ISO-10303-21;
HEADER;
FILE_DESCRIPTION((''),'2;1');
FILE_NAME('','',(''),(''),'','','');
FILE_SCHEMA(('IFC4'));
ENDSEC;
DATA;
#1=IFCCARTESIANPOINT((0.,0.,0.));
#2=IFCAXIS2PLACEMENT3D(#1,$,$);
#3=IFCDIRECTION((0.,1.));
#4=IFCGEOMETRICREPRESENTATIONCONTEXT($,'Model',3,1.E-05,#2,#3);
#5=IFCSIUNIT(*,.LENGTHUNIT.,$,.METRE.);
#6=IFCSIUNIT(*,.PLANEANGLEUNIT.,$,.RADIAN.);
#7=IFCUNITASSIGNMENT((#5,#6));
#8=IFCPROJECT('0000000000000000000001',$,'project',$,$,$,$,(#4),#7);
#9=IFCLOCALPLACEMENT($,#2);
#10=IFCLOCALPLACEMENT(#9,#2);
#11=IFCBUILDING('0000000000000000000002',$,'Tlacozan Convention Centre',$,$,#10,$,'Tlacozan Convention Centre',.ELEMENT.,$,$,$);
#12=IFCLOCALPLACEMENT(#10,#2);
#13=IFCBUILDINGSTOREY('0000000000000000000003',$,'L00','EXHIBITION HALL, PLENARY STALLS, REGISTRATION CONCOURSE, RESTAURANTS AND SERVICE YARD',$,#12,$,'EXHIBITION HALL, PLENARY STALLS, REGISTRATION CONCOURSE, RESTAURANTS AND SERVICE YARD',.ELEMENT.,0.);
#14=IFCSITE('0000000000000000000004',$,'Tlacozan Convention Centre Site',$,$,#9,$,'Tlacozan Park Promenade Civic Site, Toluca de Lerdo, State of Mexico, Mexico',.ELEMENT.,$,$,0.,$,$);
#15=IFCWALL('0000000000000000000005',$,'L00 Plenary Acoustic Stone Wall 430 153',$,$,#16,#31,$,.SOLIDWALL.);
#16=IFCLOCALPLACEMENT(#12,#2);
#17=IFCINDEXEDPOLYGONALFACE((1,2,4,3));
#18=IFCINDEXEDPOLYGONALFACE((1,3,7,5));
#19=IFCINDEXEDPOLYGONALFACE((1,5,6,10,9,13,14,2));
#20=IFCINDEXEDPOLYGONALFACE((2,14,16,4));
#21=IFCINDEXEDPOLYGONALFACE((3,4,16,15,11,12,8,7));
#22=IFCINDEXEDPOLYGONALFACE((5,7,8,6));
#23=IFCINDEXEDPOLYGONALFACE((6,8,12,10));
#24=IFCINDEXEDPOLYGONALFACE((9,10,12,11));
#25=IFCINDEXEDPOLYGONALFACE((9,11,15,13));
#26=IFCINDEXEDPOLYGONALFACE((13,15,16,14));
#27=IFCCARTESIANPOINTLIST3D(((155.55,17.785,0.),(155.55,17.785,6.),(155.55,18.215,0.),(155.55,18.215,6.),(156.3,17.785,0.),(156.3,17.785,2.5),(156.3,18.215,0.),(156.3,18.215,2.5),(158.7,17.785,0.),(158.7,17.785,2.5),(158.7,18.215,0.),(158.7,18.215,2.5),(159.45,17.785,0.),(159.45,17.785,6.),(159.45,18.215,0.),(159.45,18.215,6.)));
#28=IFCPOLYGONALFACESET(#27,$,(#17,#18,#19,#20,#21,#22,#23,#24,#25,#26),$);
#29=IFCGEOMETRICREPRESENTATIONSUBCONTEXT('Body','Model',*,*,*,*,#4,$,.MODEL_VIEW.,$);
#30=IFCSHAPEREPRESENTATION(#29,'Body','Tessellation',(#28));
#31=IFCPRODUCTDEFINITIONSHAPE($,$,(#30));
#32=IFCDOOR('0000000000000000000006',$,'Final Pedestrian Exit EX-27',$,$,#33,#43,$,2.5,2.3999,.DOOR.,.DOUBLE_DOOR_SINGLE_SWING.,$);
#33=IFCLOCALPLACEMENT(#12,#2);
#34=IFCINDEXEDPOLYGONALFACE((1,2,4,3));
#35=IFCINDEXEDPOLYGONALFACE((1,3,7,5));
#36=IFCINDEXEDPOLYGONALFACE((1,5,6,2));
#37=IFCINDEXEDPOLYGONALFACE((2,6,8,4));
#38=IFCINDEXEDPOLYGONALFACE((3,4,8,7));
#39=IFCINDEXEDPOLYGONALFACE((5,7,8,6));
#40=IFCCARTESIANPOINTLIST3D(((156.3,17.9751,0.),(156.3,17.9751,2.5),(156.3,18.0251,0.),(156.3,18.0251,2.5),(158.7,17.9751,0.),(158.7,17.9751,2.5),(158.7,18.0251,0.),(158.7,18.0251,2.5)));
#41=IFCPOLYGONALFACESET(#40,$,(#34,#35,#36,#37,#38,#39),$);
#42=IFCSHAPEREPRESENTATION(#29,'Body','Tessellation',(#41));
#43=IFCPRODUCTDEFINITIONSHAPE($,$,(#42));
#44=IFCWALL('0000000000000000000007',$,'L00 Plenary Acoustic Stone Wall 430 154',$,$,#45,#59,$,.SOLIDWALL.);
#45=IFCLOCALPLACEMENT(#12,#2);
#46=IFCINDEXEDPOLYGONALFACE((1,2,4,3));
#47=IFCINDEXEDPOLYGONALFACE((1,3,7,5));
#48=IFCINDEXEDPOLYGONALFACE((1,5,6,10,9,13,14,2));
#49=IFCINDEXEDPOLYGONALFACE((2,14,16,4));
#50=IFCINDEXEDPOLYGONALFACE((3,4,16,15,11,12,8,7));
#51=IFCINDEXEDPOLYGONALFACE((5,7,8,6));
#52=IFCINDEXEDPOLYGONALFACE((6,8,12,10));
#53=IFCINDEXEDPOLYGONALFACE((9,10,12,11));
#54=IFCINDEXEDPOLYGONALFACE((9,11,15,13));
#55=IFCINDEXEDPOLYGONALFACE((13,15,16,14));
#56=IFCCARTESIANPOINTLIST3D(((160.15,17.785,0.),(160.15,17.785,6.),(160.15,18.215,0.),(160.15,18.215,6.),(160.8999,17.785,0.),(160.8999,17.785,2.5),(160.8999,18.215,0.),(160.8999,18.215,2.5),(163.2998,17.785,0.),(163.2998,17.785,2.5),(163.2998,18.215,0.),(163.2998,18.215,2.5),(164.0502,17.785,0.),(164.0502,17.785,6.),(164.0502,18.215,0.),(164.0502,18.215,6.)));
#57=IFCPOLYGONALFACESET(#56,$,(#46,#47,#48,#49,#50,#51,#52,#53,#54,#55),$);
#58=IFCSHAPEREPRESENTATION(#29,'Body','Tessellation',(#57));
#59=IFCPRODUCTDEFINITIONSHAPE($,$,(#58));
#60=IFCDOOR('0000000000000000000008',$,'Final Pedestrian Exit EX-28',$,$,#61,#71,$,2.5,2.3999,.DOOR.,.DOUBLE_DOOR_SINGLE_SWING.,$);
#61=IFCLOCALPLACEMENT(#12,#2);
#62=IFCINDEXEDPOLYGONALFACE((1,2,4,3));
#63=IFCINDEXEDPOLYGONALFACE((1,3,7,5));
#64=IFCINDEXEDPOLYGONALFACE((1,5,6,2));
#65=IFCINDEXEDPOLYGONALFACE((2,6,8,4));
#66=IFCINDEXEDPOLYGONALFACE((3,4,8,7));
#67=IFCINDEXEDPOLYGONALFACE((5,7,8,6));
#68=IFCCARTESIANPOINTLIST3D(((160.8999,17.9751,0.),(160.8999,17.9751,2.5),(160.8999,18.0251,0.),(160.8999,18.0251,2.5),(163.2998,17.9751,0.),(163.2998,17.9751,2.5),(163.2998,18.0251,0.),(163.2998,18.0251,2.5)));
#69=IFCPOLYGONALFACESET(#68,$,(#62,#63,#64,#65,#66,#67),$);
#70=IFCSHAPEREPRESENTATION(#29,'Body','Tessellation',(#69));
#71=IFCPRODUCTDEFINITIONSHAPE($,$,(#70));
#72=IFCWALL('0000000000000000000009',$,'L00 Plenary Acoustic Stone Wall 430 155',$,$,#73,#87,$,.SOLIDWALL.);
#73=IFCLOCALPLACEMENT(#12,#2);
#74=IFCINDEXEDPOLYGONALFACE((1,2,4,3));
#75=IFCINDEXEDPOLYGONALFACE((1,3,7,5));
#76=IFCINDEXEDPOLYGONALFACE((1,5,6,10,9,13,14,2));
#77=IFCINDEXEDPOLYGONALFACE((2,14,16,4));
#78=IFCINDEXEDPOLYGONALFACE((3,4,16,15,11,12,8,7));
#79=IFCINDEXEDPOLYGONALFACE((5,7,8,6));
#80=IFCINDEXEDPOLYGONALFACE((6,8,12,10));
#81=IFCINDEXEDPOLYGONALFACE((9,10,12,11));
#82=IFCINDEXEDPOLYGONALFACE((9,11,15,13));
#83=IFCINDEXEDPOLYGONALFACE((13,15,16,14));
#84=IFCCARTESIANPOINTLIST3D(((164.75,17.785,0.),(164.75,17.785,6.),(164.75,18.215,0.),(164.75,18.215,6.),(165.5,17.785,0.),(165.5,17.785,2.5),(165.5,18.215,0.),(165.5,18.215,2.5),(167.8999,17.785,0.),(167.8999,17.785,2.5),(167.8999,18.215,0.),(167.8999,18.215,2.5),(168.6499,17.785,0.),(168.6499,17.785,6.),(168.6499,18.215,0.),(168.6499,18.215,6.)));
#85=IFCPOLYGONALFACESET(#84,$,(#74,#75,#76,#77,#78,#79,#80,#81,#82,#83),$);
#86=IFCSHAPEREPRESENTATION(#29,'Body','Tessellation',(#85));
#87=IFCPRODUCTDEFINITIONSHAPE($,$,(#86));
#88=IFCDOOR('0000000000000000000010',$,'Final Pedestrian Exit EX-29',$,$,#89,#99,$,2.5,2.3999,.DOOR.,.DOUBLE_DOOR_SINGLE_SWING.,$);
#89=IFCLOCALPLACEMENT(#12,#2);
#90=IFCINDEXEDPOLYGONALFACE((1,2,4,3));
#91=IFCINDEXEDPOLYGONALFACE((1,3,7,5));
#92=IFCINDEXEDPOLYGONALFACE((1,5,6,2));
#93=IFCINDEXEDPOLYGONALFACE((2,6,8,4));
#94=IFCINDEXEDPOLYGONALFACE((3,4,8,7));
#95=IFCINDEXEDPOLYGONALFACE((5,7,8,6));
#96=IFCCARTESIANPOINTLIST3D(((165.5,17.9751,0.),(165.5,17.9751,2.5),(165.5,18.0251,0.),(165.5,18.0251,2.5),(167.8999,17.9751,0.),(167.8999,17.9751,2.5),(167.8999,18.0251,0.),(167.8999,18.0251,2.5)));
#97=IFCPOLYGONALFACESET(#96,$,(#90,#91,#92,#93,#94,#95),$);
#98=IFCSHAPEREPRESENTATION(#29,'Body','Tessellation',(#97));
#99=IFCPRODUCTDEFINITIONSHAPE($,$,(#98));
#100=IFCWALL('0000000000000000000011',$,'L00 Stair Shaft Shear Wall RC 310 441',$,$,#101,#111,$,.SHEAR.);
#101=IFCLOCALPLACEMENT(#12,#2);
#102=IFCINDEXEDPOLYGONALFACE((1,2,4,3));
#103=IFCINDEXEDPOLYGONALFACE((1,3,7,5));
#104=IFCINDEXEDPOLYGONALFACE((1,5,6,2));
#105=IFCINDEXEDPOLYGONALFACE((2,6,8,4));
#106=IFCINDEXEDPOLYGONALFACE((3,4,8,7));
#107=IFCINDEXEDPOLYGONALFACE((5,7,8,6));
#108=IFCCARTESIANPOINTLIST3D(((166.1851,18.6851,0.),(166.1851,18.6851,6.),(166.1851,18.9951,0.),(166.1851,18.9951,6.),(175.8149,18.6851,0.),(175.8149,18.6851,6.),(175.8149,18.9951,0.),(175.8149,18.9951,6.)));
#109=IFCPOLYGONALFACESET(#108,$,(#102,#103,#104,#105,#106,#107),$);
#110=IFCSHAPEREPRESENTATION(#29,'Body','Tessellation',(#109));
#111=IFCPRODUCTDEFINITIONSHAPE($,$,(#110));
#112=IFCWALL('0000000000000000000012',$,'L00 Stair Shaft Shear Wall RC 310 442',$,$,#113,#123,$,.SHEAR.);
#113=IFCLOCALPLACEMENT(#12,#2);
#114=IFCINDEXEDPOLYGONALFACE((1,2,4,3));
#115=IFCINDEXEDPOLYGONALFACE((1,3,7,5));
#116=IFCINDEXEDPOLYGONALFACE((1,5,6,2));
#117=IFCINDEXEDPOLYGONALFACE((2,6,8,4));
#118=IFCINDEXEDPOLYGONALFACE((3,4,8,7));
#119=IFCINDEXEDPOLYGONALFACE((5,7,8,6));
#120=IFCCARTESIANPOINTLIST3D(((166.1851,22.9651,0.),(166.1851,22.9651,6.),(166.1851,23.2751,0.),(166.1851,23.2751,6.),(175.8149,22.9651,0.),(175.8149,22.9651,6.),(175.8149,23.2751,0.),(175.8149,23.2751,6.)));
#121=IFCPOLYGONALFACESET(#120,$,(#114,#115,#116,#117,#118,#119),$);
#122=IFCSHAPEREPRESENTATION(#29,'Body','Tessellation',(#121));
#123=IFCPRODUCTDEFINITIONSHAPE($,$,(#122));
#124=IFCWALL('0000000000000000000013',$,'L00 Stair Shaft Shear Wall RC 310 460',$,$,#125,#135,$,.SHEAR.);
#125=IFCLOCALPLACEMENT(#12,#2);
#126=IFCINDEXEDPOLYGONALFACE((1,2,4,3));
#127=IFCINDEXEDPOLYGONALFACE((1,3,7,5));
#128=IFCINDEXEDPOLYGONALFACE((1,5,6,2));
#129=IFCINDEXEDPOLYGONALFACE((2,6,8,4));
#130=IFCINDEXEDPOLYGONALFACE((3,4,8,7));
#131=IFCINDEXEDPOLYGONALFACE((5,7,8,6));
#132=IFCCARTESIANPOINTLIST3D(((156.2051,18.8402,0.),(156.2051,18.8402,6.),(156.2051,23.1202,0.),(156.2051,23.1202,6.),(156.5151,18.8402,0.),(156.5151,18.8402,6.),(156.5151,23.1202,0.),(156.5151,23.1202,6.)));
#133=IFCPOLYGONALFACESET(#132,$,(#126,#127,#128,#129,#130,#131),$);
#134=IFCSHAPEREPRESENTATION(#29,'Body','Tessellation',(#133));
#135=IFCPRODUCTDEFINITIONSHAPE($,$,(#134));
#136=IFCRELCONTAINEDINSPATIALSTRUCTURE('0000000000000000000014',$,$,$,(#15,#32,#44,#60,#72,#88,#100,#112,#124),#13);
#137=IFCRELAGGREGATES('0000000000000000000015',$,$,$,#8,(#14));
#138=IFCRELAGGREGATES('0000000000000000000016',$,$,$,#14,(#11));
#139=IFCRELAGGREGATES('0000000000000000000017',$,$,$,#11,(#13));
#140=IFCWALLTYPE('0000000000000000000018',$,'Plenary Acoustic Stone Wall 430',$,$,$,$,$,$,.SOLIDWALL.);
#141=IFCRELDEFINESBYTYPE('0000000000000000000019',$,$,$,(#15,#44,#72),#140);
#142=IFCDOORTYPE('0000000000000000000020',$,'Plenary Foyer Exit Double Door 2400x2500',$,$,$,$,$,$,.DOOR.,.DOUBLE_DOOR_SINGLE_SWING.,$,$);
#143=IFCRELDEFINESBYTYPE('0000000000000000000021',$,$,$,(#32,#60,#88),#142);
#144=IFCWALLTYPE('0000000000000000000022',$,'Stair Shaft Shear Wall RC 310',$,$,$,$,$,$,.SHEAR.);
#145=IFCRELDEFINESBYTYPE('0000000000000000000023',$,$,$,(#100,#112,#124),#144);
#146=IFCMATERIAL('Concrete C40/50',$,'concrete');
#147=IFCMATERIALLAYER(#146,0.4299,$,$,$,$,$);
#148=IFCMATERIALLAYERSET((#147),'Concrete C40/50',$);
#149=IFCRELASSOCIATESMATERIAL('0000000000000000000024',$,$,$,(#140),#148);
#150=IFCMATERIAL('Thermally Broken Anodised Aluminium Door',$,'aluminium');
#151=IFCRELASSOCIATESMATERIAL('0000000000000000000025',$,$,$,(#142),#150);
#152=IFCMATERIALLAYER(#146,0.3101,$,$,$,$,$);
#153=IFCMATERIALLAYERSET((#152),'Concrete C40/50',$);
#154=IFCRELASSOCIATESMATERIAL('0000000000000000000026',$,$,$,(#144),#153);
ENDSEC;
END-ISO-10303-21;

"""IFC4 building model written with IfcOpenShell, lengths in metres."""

from ifc_helpers import new_model, si_unit, direction, frame, frame_2d, origin, place, context, subcontext, project, spatial, rectangle, extrude, material, layer, layer_set, type_object, element, fill, save


model = new_model("IFC4")

# Units and contexts
model_context = context("Model", 3, precision=1e-05, world=origin(), true_north=direction((0.0, 1.0)))
body_context = subcontext(model_context, "Body", "Model", "MODEL_VIEW")
ifc_project = project(units=[si_unit("LENGTHUNIT", "METRE"), si_unit("PLANEANGLEUNIT", "RADIAN")], contexts=[model_context])

# Site, building, storey
site_placement = place(None, origin())
site = spatial("IfcSite", under=ifc_project, at=site_placement, Name="Tlacozan Convention Centre Site", LongName="Tlacozan Park Promenade Civic Site, Toluca de Lerdo, State of Mexico, Mexico", CompositionType="ELEMENT", RefElevation=0.0)
building_placement = place(site_placement, origin())
building = spatial("IfcBuilding", under=site, at=building_placement, Name="Tlacozan Convention Centre", LongName="Tlacozan Convention Centre", CompositionType="ELEMENT")
storey_placement = place(building_placement, origin())
storey = spatial("IfcBuildingStorey", under=building, at=storey_placement, Name="L00", Description="EXHIBITION HALL, PLENARY STALLS, REGISTRATION CONCOURSE, RESTAURANTS AND SERVICE YARD", LongName="EXHIBITION HALL, PLENARY STALLS, REGISTRATION CONCOURSE, RESTAURANTS AND SERVICE YARD", CompositionType="ELEMENT", Elevation=0.0)

# Shared definitions
ifc_material_1 = material(Name="Concrete C40/50", Category="concrete")

# Shared definitions
ifc_layer_1 = layer(ifc_material_1, 0.4299)
ifc_layer_set_1 = layer_set([ifc_layer_1], Name="Concrete C40/50")
wall_type_1 = type_object("IfcWallType", Name="Plenary Acoustic Stone Wall 430", PredefinedType="SOLIDWALL", material=ifc_layer_set_1)

# Walls, openings, doors
wall_1_placement = place(storey_placement, frame((155.55, 18.0, 0.0), z_axis=(0.0, 0.0, 1.0), x_axis=(1.0, 0.0, 0.0)))
wall_1 = element("IfcWall", 1, at=wall_1_placement, inside=storey, type_object=wall_type_1, Name="L00 Plenary Acoustic Stone Wall 430 153", PredefinedType="SOLIDWALL", context=body_context, shape_type="SweptSolid", body=[
    extrude(rectangle(XDim=3.8999, YDim=0.4299, at=frame_2d((1.95, 0.0))), origin(), (0.0, 0.0, 1.0), 6.0),
])
opening_1_placement = place(wall_1_placement, frame((0.75, 0.0, 0.0)))
opening_1 = element("IfcOpeningElement", 2, at=opening_1_placement, cuts=wall_1, PredefinedType="OPENING", context=body_context, shape_type="SweptSolid", body=[
    extrude(rectangle(XDim=2.3999, YDim=2.5, at=frame_2d((1.2, 1.25))), frame((0.0, 0.2249, 0.0), z_axis=(0.0, -1.0, 0.0), x_axis=(1.0, 0.0, 0.0)), (0.0, 0.0, 1.0), 0.45),
])
ifc_material_2 = material(Name="Thermally Broken Anodised Aluminium Door", Category="aluminium")
door_type = type_object("IfcDoorType", Name="Plenary Foyer Exit Double Door 2400x2500", OperationType="DOUBLE_DOOR_SINGLE_SWING", PredefinedType="DOOR", material=ifc_material_2)
door_1_placement = place(opening_1_placement, frame((2.3999, 0.0, 0.0), z_axis=(0.0, 0.0, 1.0), x_axis=(-1.0, 0.0, 0.0)))
door_1 = element("IfcDoor", 3, at=door_1_placement, inside=storey, type_object=door_type, Name="Final Pedestrian Exit EX-27", OperationType="DOUBLE_DOOR_SINGLE_SWING", OverallHeight=2.5, OverallWidth=2.3999, PredefinedType="DOOR", context=body_context, shape_type="SweptSolid", body=[
    extrude(rectangle(XDim=2.3999, YDim=2.5, at=frame_2d((1.2, 1.25))), frame((0.0, 0.0249, 0.0), z_axis=(0.0, -1.0, 0.0), x_axis=(1.0, 0.0, 0.0)), (0.0, 0.0, 1.0), 0.05),
])
fill(opening_1, door_1)
wall_2_placement = place(storey_placement, frame((160.1499, 18.0, 0.0), z_axis=(0.0, 0.0, 1.0), x_axis=(1.0, 0.0, 0.0)))
wall_2 = element("IfcWall", 4, at=wall_2_placement, inside=storey, type_object=wall_type_1, Name="L00 Plenary Acoustic Stone Wall 430 154", PredefinedType="SOLIDWALL", context=body_context, shape_type="SweptSolid", body=[
    extrude(rectangle(XDim=3.9001, YDim=0.4299, at=frame_2d((1.9502, 0.0))), origin(), (0.0, 0.0, 1.0), 6.0),
])
opening_2_placement = place(wall_2_placement, frame((0.75, 0.0, 0.0)))
opening_2 = element("IfcOpeningElement", 5, at=opening_2_placement, cuts=wall_2, PredefinedType="OPENING", context=body_context, shape_type="SweptSolid", body=[
    extrude(rectangle(XDim=2.3999, YDim=2.5, at=frame_2d((1.2, 1.25))), frame((0.0, 0.2249, 0.0), z_axis=(0.0, -1.0, 0.0), x_axis=(1.0, 0.0, 0.0)), (0.0, 0.0, 1.0), 0.45),
])
door_2_placement = place(opening_2_placement, frame((2.3999, 0.0, 0.0), z_axis=(0.0, 0.0, 1.0), x_axis=(-1.0, 0.0, 0.0)))
door_2 = element("IfcDoor", 6, at=door_2_placement, inside=storey, type_object=door_type, Name="Final Pedestrian Exit EX-28", OperationType="DOUBLE_DOOR_SINGLE_SWING", OverallHeight=2.5, OverallWidth=2.3999, PredefinedType="DOOR", context=body_context, shape_type="SweptSolid", body=[
    extrude(rectangle(XDim=2.3999, YDim=2.5, at=frame_2d((1.2, 1.25))), frame((0.0, 0.0249, 0.0), z_axis=(0.0, -1.0, 0.0), x_axis=(1.0, 0.0, 0.0)), (0.0, 0.0, 1.0), 0.05),
])
fill(opening_2, door_2)
wall_3_placement = place(storey_placement, frame((164.75, 18.0, 0.0), z_axis=(0.0, 0.0, 1.0), x_axis=(1.0, 0.0, 0.0)))
wall_3 = element("IfcWall", 7, at=wall_3_placement, inside=storey, type_object=wall_type_1, Name="L00 Plenary Acoustic Stone Wall 430 155", PredefinedType="SOLIDWALL", context=body_context, shape_type="SweptSolid", body=[
    extrude(rectangle(XDim=3.8999, YDim=0.4299, at=frame_2d((1.95, 0.0))), origin(), (0.0, 0.0, 1.0), 6.0),
])
opening_3_placement = place(wall_3_placement, frame((0.75, 0.0, 0.0)))
opening_3 = element("IfcOpeningElement", 8, at=opening_3_placement, cuts=wall_3, PredefinedType="OPENING", context=body_context, shape_type="SweptSolid", body=[
    extrude(rectangle(XDim=2.3999, YDim=2.5, at=frame_2d((1.2, 1.25))), frame((0.0, 0.2249, 0.0), z_axis=(0.0, -1.0, 0.0), x_axis=(1.0, 0.0, 0.0)), (0.0, 0.0, 1.0), 0.45),
])
door_3_placement = place(opening_3_placement, frame((2.3999, 0.0, 0.0), z_axis=(0.0, 0.0, 1.0), x_axis=(-1.0, 0.0, 0.0)))
door_3 = element("IfcDoor", 9, at=door_3_placement, inside=storey, type_object=door_type, Name="Final Pedestrian Exit EX-29", OperationType="DOUBLE_DOOR_SINGLE_SWING", OverallHeight=2.5, OverallWidth=2.3999, PredefinedType="DOOR", context=body_context, shape_type="SweptSolid", body=[
    extrude(rectangle(XDim=2.3999, YDim=2.5, at=frame_2d((1.2, 1.25))), frame((0.0, 0.0249, 0.0), z_axis=(0.0, -1.0, 0.0), x_axis=(1.0, 0.0, 0.0)), (0.0, 0.0, 1.0), 0.05),
])
fill(opening_3, door_3)

# Walls
ifc_layer_2 = layer(ifc_material_1, 0.3101)
ifc_layer_set_2 = layer_set([ifc_layer_2], Name="Concrete C40/50")
wall_type_2 = type_object("IfcWallType", Name="Stair Shaft Shear Wall RC 310", PredefinedType="SHEAR", material=ifc_layer_set_2)
for number, where, z_axis, x_axis, name in (
    (10, (166.1851, 18.8401, 0.0), (0.0, 0.0, 1.0), (1.0, 0.0, 0.0), "L00 Stair Shaft Shear Wall RC 310 441"),
    (11, (166.1851, 23.1201, 0.0), (0.0, 0.0, 1.0), (1.0, 0.0, 0.0), "L00 Stair Shaft Shear Wall RC 310 442"),
):
    element("IfcWall", number, at=place(storey_placement, frame(where, z_axis=z_axis, x_axis=x_axis)), inside=storey, type_object=wall_type_2, Name=name, PredefinedType="SHEAR", context=body_context, shape_type="SweptSolid", body=[
        extrude(rectangle(XDim=9.6299, YDim=0.3101, at=frame_2d((4.8149, 0.0))), origin(), (0.0, 0.0, 1.0), 6.0),
    ])
wall_4_placement = place(storey_placement, frame((156.3601, 18.8401, 0.0), z_axis=(0.0, 0.0, 1.0), x_axis=(0.0, 1.0, 0.0)))
element("IfcWall", 12, at=wall_4_placement, inside=storey, type_object=wall_type_2, Name="L00 Stair Shaft Shear Wall RC 310 460", PredefinedType="SHEAR", context=body_context, shape_type="SweptSolid", body=[
    extrude(rectangle(XDim=4.28, YDim=0.3101, at=frame_2d((2.1401, 0.0))), origin(), (0.0, 0.0, 1.0), 6.0),
])

save(model, "model.ifc")
